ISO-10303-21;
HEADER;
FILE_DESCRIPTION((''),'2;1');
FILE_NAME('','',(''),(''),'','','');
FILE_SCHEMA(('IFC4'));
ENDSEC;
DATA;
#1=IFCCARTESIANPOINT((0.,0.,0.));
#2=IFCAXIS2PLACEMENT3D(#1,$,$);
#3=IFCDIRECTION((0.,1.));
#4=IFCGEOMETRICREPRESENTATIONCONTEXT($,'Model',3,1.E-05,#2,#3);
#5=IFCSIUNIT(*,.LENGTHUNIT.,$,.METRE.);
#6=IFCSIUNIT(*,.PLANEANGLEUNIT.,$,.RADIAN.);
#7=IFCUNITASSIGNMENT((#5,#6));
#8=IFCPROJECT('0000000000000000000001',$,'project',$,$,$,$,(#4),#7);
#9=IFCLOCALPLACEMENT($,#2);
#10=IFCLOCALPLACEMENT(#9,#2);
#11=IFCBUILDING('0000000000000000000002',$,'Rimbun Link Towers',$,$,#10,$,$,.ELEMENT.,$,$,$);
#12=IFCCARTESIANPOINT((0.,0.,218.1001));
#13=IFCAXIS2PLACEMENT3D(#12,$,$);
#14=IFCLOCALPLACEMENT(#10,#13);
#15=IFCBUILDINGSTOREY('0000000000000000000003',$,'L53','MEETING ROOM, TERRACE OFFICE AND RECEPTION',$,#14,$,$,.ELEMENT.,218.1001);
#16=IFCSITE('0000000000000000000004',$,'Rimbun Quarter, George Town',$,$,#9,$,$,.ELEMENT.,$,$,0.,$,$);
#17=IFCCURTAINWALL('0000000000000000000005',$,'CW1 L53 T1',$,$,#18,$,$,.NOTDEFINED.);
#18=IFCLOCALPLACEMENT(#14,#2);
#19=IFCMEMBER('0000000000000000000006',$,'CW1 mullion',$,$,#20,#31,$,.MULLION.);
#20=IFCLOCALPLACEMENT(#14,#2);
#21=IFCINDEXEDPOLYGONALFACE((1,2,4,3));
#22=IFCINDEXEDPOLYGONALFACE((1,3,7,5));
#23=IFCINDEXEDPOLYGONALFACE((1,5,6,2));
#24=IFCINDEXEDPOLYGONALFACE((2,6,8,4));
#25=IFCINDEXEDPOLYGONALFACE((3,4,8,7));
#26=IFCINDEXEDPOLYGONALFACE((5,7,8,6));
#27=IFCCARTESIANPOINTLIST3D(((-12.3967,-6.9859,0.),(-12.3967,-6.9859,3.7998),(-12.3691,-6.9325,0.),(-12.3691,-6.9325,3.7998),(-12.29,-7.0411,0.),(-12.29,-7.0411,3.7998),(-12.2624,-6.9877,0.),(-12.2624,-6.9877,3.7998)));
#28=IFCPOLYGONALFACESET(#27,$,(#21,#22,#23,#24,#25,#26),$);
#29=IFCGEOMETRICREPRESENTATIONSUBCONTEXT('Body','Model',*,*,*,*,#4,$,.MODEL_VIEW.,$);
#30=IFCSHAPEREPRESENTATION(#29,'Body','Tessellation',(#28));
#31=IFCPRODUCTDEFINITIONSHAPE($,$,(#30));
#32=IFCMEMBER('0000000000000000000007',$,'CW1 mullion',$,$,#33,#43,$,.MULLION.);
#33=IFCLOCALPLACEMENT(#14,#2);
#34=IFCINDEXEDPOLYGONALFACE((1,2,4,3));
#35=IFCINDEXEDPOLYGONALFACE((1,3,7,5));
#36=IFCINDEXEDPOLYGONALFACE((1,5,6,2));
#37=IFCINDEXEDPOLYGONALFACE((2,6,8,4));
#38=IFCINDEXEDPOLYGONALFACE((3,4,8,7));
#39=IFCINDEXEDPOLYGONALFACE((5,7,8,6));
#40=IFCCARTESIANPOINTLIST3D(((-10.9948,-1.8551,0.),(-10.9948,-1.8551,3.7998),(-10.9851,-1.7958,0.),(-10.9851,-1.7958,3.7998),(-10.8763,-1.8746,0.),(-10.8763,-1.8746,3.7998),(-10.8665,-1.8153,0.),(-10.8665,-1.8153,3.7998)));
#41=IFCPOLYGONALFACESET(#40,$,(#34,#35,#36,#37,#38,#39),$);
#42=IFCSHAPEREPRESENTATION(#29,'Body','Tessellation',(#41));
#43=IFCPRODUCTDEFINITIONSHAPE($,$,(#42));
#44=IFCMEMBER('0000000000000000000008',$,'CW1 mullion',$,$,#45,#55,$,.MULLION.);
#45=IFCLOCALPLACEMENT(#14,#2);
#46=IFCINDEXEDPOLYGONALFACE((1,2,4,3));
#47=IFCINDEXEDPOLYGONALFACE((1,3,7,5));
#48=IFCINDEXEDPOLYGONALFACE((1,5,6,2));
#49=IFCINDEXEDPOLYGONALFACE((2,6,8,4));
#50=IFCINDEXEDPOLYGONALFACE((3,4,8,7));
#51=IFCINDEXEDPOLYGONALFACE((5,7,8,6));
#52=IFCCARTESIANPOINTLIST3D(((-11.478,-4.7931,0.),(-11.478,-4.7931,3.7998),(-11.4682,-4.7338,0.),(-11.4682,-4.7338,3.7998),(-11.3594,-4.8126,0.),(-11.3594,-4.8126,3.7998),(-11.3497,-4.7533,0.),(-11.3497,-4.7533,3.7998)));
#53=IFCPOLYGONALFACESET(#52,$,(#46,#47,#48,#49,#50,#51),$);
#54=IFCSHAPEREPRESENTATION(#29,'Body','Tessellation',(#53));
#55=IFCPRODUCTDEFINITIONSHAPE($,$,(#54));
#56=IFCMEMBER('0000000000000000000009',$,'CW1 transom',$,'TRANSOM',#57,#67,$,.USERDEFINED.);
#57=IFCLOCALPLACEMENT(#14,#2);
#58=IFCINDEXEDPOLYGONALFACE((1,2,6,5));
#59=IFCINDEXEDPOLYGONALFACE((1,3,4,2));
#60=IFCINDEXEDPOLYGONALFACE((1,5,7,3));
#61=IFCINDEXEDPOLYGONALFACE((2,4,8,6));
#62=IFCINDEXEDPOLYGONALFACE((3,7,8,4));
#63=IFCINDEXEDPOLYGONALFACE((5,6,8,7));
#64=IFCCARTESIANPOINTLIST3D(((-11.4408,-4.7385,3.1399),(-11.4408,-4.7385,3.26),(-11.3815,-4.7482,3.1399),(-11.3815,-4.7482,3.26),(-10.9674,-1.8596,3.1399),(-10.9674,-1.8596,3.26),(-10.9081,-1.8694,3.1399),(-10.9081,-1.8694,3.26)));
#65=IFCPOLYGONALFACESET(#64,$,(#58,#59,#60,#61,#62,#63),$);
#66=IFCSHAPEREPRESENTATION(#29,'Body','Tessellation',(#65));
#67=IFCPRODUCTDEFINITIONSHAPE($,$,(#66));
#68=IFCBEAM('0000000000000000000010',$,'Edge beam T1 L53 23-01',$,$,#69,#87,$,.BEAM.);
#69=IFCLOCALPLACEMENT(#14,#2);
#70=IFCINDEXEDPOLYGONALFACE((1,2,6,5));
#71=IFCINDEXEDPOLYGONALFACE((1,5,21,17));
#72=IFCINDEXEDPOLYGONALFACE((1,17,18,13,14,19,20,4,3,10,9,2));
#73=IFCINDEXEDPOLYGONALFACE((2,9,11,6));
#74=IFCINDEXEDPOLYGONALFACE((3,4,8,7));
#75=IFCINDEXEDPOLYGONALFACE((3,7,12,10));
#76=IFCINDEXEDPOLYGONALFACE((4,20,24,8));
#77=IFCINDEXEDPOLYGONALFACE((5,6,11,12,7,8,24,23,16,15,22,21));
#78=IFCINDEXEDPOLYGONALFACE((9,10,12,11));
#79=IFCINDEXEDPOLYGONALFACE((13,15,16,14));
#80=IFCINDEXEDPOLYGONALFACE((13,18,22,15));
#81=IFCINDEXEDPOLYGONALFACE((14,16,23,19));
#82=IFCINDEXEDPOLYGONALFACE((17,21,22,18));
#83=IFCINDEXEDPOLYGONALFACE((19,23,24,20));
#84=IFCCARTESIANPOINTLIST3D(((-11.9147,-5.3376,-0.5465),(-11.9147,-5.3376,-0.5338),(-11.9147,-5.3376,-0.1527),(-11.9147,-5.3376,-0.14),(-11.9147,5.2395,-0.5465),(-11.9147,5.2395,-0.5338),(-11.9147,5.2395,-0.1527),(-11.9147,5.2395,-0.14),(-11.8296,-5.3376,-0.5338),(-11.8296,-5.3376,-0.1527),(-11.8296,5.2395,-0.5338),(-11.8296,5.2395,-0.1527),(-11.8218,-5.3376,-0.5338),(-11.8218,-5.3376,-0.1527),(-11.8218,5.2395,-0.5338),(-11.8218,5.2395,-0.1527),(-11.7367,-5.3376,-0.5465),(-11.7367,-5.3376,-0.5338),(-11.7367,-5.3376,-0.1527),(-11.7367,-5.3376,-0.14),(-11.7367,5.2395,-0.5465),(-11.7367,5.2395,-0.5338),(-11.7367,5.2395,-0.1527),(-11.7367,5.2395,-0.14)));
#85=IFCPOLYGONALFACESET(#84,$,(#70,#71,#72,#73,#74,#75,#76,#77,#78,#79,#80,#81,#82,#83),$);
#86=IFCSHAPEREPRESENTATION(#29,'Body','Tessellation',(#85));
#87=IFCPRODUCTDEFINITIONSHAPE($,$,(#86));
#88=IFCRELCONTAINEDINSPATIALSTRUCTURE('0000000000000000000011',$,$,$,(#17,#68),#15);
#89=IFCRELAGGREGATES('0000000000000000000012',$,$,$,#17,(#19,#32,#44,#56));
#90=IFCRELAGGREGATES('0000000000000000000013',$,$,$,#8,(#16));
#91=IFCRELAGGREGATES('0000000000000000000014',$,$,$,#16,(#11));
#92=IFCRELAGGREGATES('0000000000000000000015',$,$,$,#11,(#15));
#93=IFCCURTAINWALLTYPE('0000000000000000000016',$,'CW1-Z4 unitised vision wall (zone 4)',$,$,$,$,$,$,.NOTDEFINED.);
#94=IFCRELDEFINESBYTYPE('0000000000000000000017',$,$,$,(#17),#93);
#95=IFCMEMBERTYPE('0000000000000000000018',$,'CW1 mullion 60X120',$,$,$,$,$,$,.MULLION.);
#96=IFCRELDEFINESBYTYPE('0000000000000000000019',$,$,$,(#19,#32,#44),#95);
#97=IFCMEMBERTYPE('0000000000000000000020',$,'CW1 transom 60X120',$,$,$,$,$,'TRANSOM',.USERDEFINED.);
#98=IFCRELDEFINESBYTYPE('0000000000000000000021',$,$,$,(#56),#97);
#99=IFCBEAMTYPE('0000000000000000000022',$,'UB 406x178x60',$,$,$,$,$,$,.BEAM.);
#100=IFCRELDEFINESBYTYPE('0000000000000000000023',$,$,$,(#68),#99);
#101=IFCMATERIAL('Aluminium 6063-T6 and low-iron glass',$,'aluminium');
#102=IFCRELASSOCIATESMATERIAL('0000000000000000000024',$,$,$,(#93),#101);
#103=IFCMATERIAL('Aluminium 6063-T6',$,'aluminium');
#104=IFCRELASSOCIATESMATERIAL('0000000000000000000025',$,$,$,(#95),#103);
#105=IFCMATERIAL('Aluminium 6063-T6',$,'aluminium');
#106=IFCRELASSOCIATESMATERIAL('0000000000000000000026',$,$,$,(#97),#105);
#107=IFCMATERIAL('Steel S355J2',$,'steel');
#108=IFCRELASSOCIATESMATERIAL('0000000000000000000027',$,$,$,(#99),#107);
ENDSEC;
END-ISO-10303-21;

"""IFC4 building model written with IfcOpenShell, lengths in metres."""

from ifc_helpers import new_model, si_unit, direction, frame, origin, origin_2d, place, context, subcontext, project, spatial, rectangle, i_section, extrude, material, material_profile, profile_set, type_object, element, aggregate, save


model = new_model("IFC4")

# Units and contexts
model_context = context("Model", 3, precision=1e-05, world=origin(), true_north=direction((0.0, 1.0)))
body_context = subcontext(model_context, "Body", "Model", "MODEL_VIEW")
ifc_project = project(units=[si_unit("LENGTHUNIT", "METRE"), si_unit("PLANEANGLEUNIT", "RADIAN")], contexts=[model_context])

# Site, building, storey
site_placement = place(None, origin())
site = spatial("IfcSite", under=ifc_project, at=site_placement, Name="Rimbun Quarter, George Town", CompositionType="ELEMENT", RefElevation=0.0)
building_placement = place(site_placement, origin())
building = spatial("IfcBuilding", under=site, at=building_placement, Name="Rimbun Link Towers", CompositionType="ELEMENT")
storey_placement = place(building_placement, frame((0.0, 0.0, 218.1001)))
storey = spatial("IfcBuildingStorey", under=building, at=storey_placement, Name="L53", Description="MEETING ROOM, TERRACE OFFICE AND RECEPTION", CompositionType="ELEMENT", Elevation=218.1001)

# Curtain wall, members
ifc_material_1 = material(Name="Aluminium 6063-T6 and low-iron glass", Category="aluminium")
curtain_wall_type = type_object("IfcCurtainWallType", Name="CW1-Z4 unitised vision wall (zone 4)", PredefinedType="NOTDEFINED", material=ifc_material_1)
curtain_wall_placement = place(storey_placement, origin())
curtain_wall = element("IfcCurtainWall", 1, at=curtain_wall_placement, inside=storey, type_object=curtain_wall_type, Name="CW1 L53 T1", PredefinedType="NOTDEFINED")
ifc_material_2 = material(Name="Aluminium 6063-T6", Category="aluminium")
ifc_material_profile_1 = material_profile(ifc_material_2, rectangle(XDim=0.1201, YDim=0.0601, at=origin_2d()), Name="MULLION 60X120")
ifc_profile_set_1 = profile_set([ifc_material_profile_1], Name="Aluminium 6063-T6")
member_type_1 = type_object("IfcMemberType", Name="CW1 mullion 60X120", PredefinedType="MULLION", material=ifc_profile_set_1)
member_1_placement = place(storey_placement, frame((-12.3296, -6.9868, 0.0), z_axis=(0.0, 0.0, 1.0), x_axis=(0.88815, -0.459554, 0.0)))
member_1 = element("IfcMember", 2, at=member_1_placement, type_object=member_type_1, Name="CW1 mullion", PredefinedType="MULLION", context=body_context, shape_type="SweptSolid", body=[
    extrude(rectangle(XDim=0.1201, YDim=0.0601, at=origin_2d()), origin(), (0.0, 0.0, 1.0), 3.7998),
])
member_2_placement = place(storey_placement, frame((-10.9307, -1.8352, 0.0), z_axis=(0.0, 0.0, 1.0), x_axis=(0.986747, -0.162264, 0.0)))
member_2 = element("IfcMember", 3, at=member_2_placement, type_object=member_type_1, Name="CW1 mullion", PredefinedType="MULLION", context=body_context, shape_type="SweptSolid", body=[
    extrude(rectangle(XDim=0.1201, YDim=0.0601, at=origin_2d()), origin(), (0.0, 0.0, 1.0), 3.7998),
])
member_3_placement = place(storey_placement, frame((-11.4138, -4.7732, 0.0), z_axis=(0.0, 0.0, 1.0), x_axis=(0.986747, -0.162264, 0.0)))
member_3 = element("IfcMember", 4, at=member_3_placement, type_object=member_type_1, Name="CW1 mullion", PredefinedType="MULLION", context=body_context, shape_type="SweptSolid", body=[
    extrude(rectangle(XDim=0.1201, YDim=0.0601, at=origin_2d()), origin(), (0.0, 0.0, 1.0), 3.7998),
])
ifc_material_3 = material(Name="Aluminium 6063-T6", Category="aluminium")
ifc_material_profile_2 = material_profile(ifc_material_3, rectangle(XDim=0.0601, YDim=0.1201, at=origin_2d()), Name="TRANSOM 60X120")
ifc_profile_set_2 = profile_set([ifc_material_profile_2], Name="Aluminium 6063-T6")
member_type_2 = type_object("IfcMemberType", Name="CW1 transom 60X120", ElementType="TRANSOM", PredefinedType="USERDEFINED", material=ifc_profile_set_2)
member_4_placement = place(storey_placement, frame((-10.9377, -1.8645, 3.2), z_axis=(-0.162255, -0.986749, 0.0), x_axis=(0.986749, -0.162255, 0.0)))
member_4 = element("IfcMember", 5, at=member_4_placement, type_object=member_type_2, Name="CW1 transom", ObjectType="TRANSOM", PredefinedType="USERDEFINED", context=body_context, shape_type="SweptSolid", body=[
    extrude(rectangle(XDim=0.0601, YDim=0.1201, at=origin_2d()), origin(), (0.0, 0.0, 1.0), 2.9175),
])

# Beam
ifc_material_4 = material(Name="Steel S355J2", Category="steel")
ifc_material_profile_3 = material_profile(ifc_material_4, i_section(OverallWidth=0.178, OverallDepth=0.4065, WebThickness=0.0078, FlangeThickness=0.0127, at=origin_2d()), Name="UB 406x178x60")
ifc_profile_set_3 = profile_set([ifc_material_profile_3], Name="Steel S355J2")
beam_type = type_object("IfcBeamType", Name="UB 406x178x60", PredefinedType="BEAM", material=ifc_profile_set_3)
beam_placement = place(storey_placement, frame((-11.8257, -5.3376, -0.3433), z_axis=(0.0, 1.0, 0.0), x_axis=(-1.0, 0.0, 0.0)))
element("IfcBeam", 6, at=beam_placement, inside=storey, type_object=beam_type, Name="Edge beam T1 L53 23-01", PredefinedType="BEAM", context=body_context, shape_type="SweptSolid", body=[
    extrude(i_section(OverallWidth=0.178, OverallDepth=0.4065, WebThickness=0.0078, FlangeThickness=0.0127, at=origin_2d()), origin(), (0.0, 0.0, 1.0), 10.5771),
])

aggregate(curtain_wall, [member_1, member_2, member_3, member_4])

save(model, "model.ifc")
